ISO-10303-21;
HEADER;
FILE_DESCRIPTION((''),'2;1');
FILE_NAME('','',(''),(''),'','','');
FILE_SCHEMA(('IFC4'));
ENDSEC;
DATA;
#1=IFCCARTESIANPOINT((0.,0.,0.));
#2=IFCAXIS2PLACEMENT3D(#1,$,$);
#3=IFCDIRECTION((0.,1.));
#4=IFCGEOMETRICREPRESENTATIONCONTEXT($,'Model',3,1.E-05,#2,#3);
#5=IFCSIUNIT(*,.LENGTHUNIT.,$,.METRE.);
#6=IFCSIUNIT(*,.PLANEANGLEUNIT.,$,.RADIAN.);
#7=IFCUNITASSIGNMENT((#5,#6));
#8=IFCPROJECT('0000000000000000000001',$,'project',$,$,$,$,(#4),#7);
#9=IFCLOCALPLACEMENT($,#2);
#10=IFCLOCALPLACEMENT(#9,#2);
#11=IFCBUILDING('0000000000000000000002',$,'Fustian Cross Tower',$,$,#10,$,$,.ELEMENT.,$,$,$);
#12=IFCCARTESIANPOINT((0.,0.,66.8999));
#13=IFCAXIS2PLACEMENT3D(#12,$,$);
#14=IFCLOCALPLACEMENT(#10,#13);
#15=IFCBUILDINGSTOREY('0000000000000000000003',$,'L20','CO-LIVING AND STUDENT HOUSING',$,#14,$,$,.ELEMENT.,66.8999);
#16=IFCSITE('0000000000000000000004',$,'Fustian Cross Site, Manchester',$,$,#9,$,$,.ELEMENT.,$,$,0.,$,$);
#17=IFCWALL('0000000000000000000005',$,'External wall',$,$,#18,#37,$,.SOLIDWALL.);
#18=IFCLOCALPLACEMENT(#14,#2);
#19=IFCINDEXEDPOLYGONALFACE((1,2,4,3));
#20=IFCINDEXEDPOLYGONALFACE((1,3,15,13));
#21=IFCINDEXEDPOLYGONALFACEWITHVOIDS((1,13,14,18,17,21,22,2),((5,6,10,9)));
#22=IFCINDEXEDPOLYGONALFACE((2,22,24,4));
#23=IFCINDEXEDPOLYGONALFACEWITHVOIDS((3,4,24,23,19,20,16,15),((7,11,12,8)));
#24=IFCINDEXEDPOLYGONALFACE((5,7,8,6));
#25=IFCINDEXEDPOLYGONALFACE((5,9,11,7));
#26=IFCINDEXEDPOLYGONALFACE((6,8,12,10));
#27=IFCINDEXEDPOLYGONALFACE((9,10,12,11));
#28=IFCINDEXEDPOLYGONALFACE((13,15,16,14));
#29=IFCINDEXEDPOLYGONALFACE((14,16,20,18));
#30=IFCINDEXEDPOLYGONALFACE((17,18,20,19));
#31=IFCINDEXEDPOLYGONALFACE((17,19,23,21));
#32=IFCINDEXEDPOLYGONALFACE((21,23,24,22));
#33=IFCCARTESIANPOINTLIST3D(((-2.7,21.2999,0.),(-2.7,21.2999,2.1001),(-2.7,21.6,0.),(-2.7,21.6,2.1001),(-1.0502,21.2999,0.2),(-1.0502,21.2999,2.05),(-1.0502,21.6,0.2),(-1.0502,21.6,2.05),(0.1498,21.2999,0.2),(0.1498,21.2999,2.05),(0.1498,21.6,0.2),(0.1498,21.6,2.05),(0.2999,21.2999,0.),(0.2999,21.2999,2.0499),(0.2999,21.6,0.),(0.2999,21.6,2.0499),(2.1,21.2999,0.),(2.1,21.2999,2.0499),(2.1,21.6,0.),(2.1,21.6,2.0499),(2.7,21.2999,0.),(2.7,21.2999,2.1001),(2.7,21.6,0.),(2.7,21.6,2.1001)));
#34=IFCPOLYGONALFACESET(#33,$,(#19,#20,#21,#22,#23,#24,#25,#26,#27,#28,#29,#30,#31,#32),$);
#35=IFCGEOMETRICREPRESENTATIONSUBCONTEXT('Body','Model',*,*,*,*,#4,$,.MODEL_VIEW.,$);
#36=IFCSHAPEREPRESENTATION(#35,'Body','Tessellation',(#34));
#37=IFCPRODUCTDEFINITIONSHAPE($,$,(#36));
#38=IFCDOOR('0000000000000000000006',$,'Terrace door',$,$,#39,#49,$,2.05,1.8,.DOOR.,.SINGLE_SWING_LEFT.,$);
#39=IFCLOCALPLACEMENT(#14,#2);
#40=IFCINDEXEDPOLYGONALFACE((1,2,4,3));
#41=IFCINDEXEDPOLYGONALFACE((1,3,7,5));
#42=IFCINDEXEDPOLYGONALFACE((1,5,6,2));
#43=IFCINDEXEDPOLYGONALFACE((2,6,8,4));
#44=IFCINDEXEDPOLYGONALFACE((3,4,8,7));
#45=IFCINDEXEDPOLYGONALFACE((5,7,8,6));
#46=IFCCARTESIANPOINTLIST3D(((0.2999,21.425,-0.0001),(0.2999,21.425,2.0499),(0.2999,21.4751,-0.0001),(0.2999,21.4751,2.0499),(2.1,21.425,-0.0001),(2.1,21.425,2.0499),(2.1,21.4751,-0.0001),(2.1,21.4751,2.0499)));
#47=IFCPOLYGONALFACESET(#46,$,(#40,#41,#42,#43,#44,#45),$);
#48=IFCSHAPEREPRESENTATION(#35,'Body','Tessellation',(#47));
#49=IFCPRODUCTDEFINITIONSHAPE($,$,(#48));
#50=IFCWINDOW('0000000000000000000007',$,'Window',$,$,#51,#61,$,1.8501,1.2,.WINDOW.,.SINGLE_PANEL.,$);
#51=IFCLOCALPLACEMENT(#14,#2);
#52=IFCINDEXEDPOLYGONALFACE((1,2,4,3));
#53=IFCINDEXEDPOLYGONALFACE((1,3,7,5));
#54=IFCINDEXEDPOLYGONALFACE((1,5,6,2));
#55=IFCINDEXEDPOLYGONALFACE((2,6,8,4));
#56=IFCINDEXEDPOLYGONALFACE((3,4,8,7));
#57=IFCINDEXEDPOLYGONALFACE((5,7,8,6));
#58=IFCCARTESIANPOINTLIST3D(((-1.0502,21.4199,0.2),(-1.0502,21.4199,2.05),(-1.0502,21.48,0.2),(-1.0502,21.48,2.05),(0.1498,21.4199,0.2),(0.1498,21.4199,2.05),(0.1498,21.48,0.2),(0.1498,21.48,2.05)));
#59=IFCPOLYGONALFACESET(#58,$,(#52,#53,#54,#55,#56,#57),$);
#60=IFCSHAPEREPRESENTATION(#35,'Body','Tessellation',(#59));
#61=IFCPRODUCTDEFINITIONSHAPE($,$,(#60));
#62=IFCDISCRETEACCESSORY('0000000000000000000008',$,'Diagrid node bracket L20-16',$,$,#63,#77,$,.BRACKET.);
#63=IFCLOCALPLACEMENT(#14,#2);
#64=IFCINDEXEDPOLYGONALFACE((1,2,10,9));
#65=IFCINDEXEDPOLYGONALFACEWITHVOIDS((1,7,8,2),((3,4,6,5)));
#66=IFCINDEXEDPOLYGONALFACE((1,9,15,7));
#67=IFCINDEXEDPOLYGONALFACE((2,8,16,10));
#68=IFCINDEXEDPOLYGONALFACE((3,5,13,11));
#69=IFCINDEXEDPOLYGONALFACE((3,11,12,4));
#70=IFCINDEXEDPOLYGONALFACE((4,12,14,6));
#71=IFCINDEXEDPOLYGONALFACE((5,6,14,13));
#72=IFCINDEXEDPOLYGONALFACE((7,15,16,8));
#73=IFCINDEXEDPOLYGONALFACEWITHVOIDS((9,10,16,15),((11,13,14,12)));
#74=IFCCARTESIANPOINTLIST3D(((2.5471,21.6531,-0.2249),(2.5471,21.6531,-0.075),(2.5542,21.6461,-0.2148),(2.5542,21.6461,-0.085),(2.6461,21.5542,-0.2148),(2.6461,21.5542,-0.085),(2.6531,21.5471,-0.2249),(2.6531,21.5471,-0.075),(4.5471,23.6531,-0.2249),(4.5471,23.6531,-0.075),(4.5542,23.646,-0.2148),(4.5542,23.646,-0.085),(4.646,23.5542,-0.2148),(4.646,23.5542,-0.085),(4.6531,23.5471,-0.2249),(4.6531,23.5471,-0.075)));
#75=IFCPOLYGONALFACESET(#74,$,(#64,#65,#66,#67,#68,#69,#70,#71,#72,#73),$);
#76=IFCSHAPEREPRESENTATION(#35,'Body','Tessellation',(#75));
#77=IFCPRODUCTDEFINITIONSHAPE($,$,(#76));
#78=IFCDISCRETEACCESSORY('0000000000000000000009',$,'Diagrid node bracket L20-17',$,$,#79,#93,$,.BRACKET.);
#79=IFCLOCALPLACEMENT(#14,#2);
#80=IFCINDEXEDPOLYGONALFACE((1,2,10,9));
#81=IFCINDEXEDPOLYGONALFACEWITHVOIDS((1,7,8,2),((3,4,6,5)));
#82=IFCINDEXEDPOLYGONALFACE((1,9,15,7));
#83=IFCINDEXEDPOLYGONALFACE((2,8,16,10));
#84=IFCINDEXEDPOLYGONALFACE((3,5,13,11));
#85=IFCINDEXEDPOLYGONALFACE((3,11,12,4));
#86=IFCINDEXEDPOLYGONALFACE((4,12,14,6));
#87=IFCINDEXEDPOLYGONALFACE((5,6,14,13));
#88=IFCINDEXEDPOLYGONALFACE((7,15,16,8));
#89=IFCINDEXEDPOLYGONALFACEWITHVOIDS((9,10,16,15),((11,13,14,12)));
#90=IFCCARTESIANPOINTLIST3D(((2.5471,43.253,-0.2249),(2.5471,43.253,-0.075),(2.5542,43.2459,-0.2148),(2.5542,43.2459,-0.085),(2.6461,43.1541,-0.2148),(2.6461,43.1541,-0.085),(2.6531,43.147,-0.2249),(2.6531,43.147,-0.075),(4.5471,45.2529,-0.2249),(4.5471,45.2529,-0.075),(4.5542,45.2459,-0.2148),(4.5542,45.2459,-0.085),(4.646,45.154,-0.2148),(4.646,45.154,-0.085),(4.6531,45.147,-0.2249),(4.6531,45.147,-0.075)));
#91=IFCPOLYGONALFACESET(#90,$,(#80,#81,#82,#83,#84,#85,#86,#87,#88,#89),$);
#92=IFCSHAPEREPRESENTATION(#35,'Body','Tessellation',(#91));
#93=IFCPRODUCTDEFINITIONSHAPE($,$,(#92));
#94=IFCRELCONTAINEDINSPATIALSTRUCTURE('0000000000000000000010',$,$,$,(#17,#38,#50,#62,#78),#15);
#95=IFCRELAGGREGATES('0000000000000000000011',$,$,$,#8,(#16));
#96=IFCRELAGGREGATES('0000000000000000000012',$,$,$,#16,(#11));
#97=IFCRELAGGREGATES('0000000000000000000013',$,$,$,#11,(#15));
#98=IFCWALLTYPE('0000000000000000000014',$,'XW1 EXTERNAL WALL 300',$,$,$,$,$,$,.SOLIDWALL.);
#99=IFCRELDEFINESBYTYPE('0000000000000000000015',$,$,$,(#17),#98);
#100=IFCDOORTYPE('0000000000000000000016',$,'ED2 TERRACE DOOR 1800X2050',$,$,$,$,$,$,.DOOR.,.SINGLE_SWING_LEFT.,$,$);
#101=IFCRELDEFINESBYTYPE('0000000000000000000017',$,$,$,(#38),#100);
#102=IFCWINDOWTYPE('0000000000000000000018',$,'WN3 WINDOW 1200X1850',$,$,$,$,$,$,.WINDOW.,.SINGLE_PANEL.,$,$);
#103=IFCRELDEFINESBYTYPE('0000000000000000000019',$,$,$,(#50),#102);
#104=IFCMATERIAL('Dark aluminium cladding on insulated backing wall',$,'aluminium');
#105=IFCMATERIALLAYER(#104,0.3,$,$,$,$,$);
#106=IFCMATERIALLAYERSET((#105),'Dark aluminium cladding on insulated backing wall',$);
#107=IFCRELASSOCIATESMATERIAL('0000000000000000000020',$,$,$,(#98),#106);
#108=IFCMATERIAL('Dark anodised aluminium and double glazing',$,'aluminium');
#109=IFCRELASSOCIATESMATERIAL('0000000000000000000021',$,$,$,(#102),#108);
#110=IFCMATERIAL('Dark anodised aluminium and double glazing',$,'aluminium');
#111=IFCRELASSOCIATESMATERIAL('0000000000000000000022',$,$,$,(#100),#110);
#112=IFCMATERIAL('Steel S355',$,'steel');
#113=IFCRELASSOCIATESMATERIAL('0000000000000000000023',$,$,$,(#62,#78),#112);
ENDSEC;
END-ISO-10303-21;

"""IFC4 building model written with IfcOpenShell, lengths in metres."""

from ifc_helpers import new_model, si_unit, direction, frame, frame_2d, origin, origin_2d, place, context, subcontext, project, spatial, rectangle, hollow_rectangle, extrude, material, layer, layer_set, type_object, element, fill, save


model = new_model("IFC4")

# Units and contexts
model_context = context("Model", 3, precision=1e-05, world=origin(), true_north=direction((0.0, 1.0)))
body_context = subcontext(model_context, "Body", "Model", "MODEL_VIEW")
ifc_project = project(units=[si_unit("LENGTHUNIT", "METRE"), si_unit("PLANEANGLEUNIT", "RADIAN")], contexts=[model_context])

# Site, building, storey
site_placement = place(None, origin())
site = spatial("IfcSite", under=ifc_project, at=site_placement, Name="Fustian Cross Site, Manchester", CompositionType="ELEMENT", RefElevation=0.0)
building_placement = place(site_placement, origin())
building = spatial("IfcBuilding", under=site, at=building_placement, Name="Fustian Cross Tower", CompositionType="ELEMENT")
storey_placement = place(building_placement, frame((0.0, 0.0, 66.8999)))
storey = spatial("IfcBuildingStorey", under=building, at=storey_placement, Name="L20", Description="CO-LIVING AND STUDENT HOUSING", CompositionType="ELEMENT", Elevation=66.8999)

# Shared definitions
ifc_material_1 = material(Name="Dark aluminium cladding on insulated backing wall", Category="aluminium")
ifc_layer_1 = layer(ifc_material_1, 0.3)
ifc_layer_set_1 = layer_set([ifc_layer_1], Name="Dark aluminium cladding on insulated backing wall")
wall_type_1 = type_object("IfcWallType", Name="XW1 EXTERNAL WALL 300", PredefinedType="SOLIDWALL", material=ifc_layer_set_1)

# Shared definitions
ifc_material_2 = material(Name="Dark anodised aluminium and double glazing", Category="aluminium")
window_type = type_object("IfcWindowType", Name="WN3 WINDOW 1200X1850", PartitioningType="SINGLE_PANEL", PredefinedType="WINDOW", material=ifc_material_2)

# Wall, openings, door, window
wall_1_placement = place(storey_placement, frame((2.7, 21.45, 0.0), z_axis=(0.0, 0.0, 1.0), x_axis=(-1.0, 0.0, 0.0)))
wall_1 = element("IfcWall", 1, at=wall_1_placement, inside=storey, type_object=wall_type_1, Name="External wall", PredefinedType="SOLIDWALL", context=body_context, shape_type="SweptSolid", body=[
    extrude(rectangle(XDim=5.3999, YDim=0.3, at=frame_2d((2.7, 0.0))), origin(), (0.0, 0.0, 1.0), 2.1001),
])
opening_1_placement = place(wall_1_placement, frame((0.6001, 0.0, 0.0)))
opening_1 = element("IfcOpeningElement", 2, at=opening_1_placement, cuts=wall_1, PredefinedType="OPENING", context=body_context, shape_type="SweptSolid", body=[
    extrude(rectangle(XDim=1.8, YDim=2.05, at=frame_2d((0.8999, 1.0249))), frame((0.0, 0.1599, 0.0), z_axis=(0.0, -1.0, 0.0), x_axis=(1.0, 0.0, 0.0)), (0.0, 0.0, 1.0), 0.3201),
])
opening_2_placement = place(wall_1_placement, frame((2.55, 0.0, 0.2)))
opening_2 = element("IfcOpeningElement", 3, at=opening_2_placement, cuts=wall_1, PredefinedType="OPENING", context=body_context, shape_type="SweptSolid", body=[
    extrude(rectangle(XDim=1.2, YDim=1.8501, at=frame_2d((0.6001, 0.925))), frame((0.0, 0.1599, 0.0), z_axis=(0.0, -1.0, 0.0), x_axis=(1.0, 0.0, 0.0)), (0.0, 0.0, 1.0), 0.3201),
])
ifc_material_3 = material(Name="Dark anodised aluminium and double glazing", Category="aluminium")
door_type = type_object("IfcDoorType", Name="ED2 TERRACE DOOR 1800X2050", OperationType="SINGLE_SWING_LEFT", PredefinedType="DOOR", material=ifc_material_3)
door_placement = place(opening_1_placement, origin())
door = element("IfcDoor", 4, at=door_placement, inside=storey, type_object=door_type, Name="Terrace door", OperationType="SINGLE_SWING_LEFT", OverallHeight=2.05, OverallWidth=1.8, PredefinedType="DOOR", context=body_context, shape_type="SweptSolid", body=[
    extrude(rectangle(XDim=1.8, YDim=2.05, at=frame_2d((0.8999, 1.0249))), frame((0.0, 0.0249, 0.0), z_axis=(0.0, -1.0, 0.0), x_axis=(1.0, 0.0, 0.0)), (0.0, 0.0, 1.0), 0.05),
])
fill(opening_1, door)
window_1_placement = place(opening_2_placement, origin())
window_1 = element("IfcWindow", 5, at=window_1_placement, inside=storey, type_object=window_type, Name="Window", OverallHeight=1.8501, OverallWidth=1.2, PartitioningType="SINGLE_PANEL", PredefinedType="WINDOW", context=body_context, shape_type="SweptSolid", body=[
    extrude(rectangle(XDim=1.2, YDim=1.8501, at=frame_2d((0.6001, 0.925))), frame((0.0, 0.03, 0.0), z_axis=(0.0, -1.0, 0.0), x_axis=(1.0, 0.0, 0.0)), (0.0, 0.0, 1.0), 0.0601),
])
fill(opening_2, window_1)

# Discrete accessories
ifc_material_4 = material(Name="Steel S355", Category="steel")
for number, where, z_axis, x_axis, name in (
    (6, (4.6001, 23.6001, -0.1499), (-0.707107, -0.707107, 0.0), (0.707107, -0.707107, 0.0), "Diagrid node bracket L20-16"),
    (7, (4.6001, 45.2, -0.1499), (-0.707107, -0.707107, 0.0), (0.707107, -0.707107, 0.0), "Diagrid node bracket L20-17"),
):
    element("IfcDiscreteAccessory", number, at=place(storey_placement, frame(where, z_axis=z_axis, x_axis=x_axis)), inside=storey, material=ifc_material_4, Name=name, PredefinedType="BRACKET", context=body_context, shape_type="SweptSolid", body=[
        extrude(hollow_rectangle(XDim=0.1499, YDim=0.1499, WallThickness=0.01, at=origin_2d()), origin(), (0.0, 0.0, 1.0), 2.8284),
    ])

save(model, "model.ifc")
